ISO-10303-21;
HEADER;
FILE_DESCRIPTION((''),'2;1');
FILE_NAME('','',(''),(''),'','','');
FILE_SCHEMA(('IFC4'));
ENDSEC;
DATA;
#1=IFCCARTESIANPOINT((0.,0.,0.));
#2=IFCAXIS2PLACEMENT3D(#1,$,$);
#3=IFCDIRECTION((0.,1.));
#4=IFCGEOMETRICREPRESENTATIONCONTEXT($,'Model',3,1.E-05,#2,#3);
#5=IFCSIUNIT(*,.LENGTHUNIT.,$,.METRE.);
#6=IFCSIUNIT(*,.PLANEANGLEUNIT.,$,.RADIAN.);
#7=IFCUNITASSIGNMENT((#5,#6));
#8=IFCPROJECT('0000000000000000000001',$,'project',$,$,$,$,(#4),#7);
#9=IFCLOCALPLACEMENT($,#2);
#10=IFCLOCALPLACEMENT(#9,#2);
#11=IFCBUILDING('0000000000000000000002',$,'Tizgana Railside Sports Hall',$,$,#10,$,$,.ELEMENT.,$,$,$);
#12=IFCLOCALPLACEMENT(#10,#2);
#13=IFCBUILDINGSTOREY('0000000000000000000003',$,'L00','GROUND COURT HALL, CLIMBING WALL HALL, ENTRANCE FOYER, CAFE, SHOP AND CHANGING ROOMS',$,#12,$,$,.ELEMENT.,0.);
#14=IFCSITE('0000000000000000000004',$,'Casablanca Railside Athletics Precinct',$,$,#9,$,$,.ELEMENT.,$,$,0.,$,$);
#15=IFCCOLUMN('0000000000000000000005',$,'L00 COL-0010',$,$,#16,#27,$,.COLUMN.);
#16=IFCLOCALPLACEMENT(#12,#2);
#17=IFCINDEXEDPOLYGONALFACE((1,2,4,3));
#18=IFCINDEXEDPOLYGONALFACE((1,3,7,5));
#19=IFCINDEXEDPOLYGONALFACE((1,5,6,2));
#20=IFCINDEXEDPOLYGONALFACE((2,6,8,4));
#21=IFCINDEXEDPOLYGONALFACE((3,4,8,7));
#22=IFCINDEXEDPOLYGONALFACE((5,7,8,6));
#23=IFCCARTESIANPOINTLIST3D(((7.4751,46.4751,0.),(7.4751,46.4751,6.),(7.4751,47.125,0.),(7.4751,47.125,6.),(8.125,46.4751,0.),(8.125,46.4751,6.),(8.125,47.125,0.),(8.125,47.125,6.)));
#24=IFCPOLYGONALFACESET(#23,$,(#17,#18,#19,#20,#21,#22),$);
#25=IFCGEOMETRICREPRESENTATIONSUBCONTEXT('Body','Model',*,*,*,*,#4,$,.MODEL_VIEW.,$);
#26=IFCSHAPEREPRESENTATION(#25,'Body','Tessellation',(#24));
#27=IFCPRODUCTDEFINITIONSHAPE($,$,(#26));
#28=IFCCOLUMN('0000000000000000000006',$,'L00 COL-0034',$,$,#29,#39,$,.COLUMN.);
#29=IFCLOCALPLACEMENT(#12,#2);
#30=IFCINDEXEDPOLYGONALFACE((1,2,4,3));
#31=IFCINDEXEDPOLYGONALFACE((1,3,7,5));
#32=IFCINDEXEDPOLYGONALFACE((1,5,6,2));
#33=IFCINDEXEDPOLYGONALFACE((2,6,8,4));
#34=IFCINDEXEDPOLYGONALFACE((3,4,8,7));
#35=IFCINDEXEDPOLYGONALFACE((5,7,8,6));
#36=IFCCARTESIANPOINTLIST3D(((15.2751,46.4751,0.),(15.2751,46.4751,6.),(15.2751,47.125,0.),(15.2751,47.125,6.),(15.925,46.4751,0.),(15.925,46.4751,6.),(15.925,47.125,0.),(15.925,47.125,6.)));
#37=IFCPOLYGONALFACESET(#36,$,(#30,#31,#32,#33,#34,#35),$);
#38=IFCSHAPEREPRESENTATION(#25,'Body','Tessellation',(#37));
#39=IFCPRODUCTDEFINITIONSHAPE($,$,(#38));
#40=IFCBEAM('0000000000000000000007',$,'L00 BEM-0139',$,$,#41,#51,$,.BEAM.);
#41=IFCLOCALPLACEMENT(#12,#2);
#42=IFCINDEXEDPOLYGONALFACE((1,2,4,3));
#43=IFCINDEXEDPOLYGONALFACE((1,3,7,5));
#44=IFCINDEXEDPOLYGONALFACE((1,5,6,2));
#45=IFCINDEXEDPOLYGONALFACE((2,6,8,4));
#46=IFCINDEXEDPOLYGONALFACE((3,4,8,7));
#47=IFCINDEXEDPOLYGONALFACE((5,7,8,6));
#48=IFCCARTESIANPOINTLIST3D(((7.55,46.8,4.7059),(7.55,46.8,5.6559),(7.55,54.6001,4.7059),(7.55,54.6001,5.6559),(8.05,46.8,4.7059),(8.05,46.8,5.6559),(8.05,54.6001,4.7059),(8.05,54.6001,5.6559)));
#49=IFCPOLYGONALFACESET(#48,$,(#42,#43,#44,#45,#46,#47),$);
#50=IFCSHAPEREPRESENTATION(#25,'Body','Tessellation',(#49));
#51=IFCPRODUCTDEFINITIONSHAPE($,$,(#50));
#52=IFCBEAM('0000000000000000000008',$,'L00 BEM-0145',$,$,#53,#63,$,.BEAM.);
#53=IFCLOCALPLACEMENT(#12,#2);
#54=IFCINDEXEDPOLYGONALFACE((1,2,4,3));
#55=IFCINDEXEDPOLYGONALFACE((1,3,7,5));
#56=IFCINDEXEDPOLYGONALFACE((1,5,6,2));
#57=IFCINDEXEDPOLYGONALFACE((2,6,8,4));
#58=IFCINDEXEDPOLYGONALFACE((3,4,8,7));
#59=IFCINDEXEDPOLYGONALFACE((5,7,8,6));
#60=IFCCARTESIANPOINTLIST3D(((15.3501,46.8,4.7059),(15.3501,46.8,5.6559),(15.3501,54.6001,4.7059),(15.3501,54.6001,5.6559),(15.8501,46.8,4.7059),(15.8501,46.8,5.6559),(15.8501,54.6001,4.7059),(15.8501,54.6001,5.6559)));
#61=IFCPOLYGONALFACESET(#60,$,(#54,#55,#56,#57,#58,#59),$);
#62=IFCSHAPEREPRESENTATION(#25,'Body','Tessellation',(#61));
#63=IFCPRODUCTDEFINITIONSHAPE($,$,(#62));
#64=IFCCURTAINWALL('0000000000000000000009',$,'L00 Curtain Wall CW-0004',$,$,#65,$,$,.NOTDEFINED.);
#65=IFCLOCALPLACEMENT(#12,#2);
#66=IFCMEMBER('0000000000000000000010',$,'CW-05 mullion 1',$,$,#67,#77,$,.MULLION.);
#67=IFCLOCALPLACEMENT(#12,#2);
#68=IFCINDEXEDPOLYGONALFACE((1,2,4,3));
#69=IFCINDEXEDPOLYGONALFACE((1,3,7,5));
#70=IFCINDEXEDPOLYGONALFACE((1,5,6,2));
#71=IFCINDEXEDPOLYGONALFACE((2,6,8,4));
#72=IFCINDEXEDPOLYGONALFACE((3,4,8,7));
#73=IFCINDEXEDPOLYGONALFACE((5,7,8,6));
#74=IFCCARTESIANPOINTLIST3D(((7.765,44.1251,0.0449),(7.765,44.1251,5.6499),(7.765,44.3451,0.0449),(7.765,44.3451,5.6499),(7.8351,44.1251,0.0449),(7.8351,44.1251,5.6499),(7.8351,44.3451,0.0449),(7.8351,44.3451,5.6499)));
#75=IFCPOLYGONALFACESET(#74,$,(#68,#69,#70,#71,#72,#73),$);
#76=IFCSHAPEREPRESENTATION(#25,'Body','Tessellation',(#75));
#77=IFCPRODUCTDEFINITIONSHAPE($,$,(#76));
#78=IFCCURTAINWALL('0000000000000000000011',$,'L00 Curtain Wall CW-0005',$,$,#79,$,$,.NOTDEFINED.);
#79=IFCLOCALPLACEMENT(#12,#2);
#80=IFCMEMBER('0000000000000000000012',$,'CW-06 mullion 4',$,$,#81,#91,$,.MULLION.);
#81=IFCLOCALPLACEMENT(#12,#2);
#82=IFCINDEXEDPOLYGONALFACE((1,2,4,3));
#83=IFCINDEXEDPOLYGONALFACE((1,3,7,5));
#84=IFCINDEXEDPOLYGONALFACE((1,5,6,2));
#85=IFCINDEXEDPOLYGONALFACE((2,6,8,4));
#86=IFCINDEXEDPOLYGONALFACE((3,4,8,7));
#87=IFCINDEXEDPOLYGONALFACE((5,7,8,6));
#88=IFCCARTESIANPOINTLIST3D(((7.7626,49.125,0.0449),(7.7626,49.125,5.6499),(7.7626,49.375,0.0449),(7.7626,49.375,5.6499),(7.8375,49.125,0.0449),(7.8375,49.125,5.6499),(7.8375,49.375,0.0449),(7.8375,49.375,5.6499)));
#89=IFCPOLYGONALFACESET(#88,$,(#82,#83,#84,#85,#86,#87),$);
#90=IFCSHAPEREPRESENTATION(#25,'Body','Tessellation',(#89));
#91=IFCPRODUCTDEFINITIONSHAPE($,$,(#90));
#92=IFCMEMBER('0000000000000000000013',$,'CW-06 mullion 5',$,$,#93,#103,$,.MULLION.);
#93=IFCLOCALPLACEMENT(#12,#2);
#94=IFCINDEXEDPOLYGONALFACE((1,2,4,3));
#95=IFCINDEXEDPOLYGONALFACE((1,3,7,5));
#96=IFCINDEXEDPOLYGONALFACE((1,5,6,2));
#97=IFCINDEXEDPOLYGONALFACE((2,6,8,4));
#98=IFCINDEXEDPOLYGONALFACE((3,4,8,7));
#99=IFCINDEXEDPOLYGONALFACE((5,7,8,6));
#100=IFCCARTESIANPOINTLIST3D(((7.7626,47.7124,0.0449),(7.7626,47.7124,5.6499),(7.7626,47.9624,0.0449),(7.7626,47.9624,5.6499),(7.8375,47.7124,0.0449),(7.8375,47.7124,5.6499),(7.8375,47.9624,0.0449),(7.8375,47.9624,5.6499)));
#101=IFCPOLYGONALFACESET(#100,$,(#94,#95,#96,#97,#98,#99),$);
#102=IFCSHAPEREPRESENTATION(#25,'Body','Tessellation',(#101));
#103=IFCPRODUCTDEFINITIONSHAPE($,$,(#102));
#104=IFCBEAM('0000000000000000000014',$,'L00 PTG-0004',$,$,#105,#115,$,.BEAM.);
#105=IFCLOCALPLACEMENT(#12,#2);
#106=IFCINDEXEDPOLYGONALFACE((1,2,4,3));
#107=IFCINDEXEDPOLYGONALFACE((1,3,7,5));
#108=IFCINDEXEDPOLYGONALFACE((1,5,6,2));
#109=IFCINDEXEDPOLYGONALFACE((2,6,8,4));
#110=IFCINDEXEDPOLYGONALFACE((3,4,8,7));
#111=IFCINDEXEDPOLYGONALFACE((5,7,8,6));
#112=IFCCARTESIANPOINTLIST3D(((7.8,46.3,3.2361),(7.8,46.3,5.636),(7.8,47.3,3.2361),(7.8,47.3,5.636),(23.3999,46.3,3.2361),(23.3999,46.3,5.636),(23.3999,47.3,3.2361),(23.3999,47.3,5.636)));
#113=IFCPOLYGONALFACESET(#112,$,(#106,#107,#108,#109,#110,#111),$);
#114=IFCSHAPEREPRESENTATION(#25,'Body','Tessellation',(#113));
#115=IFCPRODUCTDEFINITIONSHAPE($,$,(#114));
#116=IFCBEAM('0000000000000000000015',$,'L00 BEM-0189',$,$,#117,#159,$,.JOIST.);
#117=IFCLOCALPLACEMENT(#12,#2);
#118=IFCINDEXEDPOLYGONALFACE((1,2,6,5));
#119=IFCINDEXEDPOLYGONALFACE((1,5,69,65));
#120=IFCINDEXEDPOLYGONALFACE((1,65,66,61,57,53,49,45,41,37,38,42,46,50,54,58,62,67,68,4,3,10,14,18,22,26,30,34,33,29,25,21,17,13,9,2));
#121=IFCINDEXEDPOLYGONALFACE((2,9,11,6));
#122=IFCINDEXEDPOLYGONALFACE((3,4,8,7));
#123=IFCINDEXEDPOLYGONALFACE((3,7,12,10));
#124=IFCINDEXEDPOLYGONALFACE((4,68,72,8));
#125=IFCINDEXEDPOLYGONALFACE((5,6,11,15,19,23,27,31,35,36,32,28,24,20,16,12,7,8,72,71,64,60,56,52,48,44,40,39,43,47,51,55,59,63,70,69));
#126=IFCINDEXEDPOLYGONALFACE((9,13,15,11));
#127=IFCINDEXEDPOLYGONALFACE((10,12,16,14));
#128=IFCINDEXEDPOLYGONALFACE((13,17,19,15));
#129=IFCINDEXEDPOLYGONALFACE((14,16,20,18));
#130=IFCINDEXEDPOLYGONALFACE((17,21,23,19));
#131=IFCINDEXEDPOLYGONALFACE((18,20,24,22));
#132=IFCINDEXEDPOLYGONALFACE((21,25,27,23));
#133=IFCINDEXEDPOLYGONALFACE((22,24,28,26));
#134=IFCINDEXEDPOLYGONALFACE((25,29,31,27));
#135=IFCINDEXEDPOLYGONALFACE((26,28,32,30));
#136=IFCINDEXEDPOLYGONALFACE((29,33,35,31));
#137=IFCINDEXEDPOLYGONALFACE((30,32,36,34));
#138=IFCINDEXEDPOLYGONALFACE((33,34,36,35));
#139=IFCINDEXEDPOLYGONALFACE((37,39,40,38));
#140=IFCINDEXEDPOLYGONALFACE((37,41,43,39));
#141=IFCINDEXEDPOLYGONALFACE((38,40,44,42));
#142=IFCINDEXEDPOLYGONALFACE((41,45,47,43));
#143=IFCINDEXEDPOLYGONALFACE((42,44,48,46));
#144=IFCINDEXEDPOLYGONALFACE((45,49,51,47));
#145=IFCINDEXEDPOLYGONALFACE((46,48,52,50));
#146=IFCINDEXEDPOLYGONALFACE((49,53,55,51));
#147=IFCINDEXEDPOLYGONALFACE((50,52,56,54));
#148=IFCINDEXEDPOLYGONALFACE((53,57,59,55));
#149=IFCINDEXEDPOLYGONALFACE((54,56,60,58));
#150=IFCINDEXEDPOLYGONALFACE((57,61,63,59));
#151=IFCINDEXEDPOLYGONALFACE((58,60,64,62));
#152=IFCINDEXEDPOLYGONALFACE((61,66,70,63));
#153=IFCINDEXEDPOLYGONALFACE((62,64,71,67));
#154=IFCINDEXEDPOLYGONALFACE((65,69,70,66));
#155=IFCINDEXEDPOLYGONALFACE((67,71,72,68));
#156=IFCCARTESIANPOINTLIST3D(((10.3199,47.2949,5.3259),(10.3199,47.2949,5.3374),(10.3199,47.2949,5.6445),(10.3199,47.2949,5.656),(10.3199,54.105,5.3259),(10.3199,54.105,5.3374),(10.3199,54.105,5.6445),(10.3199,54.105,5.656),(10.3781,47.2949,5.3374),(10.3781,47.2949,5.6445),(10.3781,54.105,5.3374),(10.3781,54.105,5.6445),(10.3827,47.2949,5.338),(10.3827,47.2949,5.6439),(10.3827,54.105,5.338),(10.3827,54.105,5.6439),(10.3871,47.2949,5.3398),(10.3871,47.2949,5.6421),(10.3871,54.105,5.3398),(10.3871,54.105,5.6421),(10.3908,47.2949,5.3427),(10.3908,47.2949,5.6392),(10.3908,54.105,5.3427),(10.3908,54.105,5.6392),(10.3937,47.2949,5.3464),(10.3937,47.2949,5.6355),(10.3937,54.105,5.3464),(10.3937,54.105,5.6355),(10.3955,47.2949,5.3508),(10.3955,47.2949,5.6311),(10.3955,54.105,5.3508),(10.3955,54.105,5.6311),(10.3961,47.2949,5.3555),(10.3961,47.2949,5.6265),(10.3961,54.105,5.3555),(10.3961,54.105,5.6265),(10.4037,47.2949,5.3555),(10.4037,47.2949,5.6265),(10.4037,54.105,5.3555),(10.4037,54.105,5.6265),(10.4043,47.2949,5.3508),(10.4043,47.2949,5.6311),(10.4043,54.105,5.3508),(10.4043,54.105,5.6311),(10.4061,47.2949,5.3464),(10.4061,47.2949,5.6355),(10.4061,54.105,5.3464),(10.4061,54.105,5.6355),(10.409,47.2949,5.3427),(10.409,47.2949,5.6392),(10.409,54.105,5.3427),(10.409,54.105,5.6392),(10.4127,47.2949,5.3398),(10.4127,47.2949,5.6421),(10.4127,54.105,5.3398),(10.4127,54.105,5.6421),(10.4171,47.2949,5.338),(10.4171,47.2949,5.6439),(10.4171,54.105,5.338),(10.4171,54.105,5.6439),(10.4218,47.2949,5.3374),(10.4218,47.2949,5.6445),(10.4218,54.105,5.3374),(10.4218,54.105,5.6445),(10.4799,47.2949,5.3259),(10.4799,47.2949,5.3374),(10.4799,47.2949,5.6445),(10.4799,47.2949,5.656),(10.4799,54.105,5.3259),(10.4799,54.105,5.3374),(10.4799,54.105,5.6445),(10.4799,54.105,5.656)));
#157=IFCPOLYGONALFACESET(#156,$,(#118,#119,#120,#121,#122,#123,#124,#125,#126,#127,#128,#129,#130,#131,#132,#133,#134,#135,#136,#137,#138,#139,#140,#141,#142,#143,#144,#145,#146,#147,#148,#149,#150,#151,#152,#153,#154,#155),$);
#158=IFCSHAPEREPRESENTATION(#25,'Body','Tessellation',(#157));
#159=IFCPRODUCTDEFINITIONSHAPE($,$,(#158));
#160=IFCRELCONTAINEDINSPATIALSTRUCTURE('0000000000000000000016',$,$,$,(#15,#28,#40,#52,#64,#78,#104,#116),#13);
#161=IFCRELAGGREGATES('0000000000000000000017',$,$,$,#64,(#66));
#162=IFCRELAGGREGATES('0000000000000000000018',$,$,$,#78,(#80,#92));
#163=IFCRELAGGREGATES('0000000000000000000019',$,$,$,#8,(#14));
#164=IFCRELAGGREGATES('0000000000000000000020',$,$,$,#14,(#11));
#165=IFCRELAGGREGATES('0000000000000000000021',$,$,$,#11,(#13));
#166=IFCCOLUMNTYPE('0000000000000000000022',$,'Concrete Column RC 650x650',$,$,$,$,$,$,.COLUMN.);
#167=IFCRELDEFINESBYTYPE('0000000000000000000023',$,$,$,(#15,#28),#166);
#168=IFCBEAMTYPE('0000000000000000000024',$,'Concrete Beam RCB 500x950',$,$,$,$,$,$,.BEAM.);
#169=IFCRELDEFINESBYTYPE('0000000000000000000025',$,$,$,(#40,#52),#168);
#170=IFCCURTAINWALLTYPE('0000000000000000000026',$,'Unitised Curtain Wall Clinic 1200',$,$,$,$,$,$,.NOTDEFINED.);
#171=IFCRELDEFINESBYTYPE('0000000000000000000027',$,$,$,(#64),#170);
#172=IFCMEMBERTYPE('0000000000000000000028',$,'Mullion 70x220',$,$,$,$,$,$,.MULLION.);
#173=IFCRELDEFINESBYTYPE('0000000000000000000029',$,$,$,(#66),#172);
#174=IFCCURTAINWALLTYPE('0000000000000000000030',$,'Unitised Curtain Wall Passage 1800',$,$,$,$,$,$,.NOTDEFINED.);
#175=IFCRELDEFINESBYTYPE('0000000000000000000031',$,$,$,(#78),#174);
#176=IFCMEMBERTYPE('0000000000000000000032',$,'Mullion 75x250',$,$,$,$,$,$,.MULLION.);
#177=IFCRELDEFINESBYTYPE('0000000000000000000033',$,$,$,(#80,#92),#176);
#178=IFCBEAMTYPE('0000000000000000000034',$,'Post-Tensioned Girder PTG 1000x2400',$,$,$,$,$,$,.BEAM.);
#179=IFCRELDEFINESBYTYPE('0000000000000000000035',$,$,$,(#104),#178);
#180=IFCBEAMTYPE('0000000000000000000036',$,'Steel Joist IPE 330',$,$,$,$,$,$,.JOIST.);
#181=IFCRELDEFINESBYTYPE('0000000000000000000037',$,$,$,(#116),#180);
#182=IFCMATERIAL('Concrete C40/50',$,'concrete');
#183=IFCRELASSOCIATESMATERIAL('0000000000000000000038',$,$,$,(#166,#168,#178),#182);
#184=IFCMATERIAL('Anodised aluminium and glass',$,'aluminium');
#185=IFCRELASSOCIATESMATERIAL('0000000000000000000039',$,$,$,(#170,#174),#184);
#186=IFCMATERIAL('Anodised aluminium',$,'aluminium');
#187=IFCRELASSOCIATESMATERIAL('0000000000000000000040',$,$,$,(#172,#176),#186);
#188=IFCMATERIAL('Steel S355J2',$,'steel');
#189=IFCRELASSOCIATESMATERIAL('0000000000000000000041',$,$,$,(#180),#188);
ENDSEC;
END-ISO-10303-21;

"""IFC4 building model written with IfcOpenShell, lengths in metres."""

from ifc_helpers import new_model, si_unit, direction, frame, origin, origin_2d, place, context, subcontext, project, spatial, rectangle, i_section, extrude, material, material_profile, profile_set, type_object, element, aggregate, save


model = new_model("IFC4")

# Units and contexts
model_context = context("Model", 3, precision=1e-05, world=origin(), true_north=direction((0.0, 1.0)))
body_context = subcontext(model_context, "Body", "Model", "MODEL_VIEW")
ifc_project = project(units=[si_unit("LENGTHUNIT", "METRE"), si_unit("PLANEANGLEUNIT", "RADIAN")], contexts=[model_context])

# Site, building, storey
site_placement = place(None, origin())
site = spatial("IfcSite", under=ifc_project, at=site_placement, Name="Casablanca Railside Athletics Precinct", CompositionType="ELEMENT", RefElevation=0.0)
building_placement = place(site_placement, origin())
building = spatial("IfcBuilding", under=site, at=building_placement, Name="Tizgana Railside Sports Hall", CompositionType="ELEMENT")
storey_placement = place(building_placement, origin())
storey = spatial("IfcBuildingStorey", under=building, at=storey_placement, Name="L00", Description="GROUND COURT HALL, CLIMBING WALL HALL, ENTRANCE FOYER, CAFE, SHOP AND CHANGING ROOMS", CompositionType="ELEMENT", Elevation=0.0)

# Columns
ifc_material_1 = material(Name="Concrete C40/50", Category="concrete")
ifc_material_profile_1 = material_profile(ifc_material_1, rectangle(XDim=0.6499, YDim=0.6499, at=origin_2d()), Name="RC 650x650")
ifc_profile_set_1 = profile_set([ifc_material_profile_1], Name="Concrete C40/50")
column_type = type_object("IfcColumnType", Name="Concrete Column RC 650x650", PredefinedType="COLUMN", material=ifc_profile_set_1)
for number, where, z_axis, x_axis, name in (
    (1, (7.8, 46.8, 0.0), (0.0, 0.0, 1.0), (1.0, 0.0, 0.0), "L00 COL-0010"),
    (2, (15.6001, 46.8, 0.0), (0.0, 0.0, 1.0), (1.0, 0.0, 0.0), "L00 COL-0034"),
):
    element("IfcColumn", number, at=place(storey_placement, frame(where, z_axis=z_axis, x_axis=x_axis)), inside=storey, type_object=column_type, Name=name, PredefinedType="COLUMN", context=body_context, shape_type="SweptSolid", body=[
        extrude(rectangle(XDim=0.6499, YDim=0.6499, at=origin_2d()), origin(), (0.0, 0.0, 1.0), 6.0),
    ])

# Beams
ifc_material_profile_2 = material_profile(ifc_material_1, rectangle(XDim=0.5, YDim=0.95, at=origin_2d()), Name="RCB 500x950")
ifc_profile_set_2 = profile_set([ifc_material_profile_2], Name="Concrete C40/50")
beam_type_1 = type_object("IfcBeamType", Name="Concrete Beam RCB 500x950", PredefinedType="BEAM", material=ifc_profile_set_2)
for number, where, z_axis, x_axis, name in (
    (3, (7.8, 46.8, 5.1809), (0.0, 1.0, 0.0), (-1.0, 0.0, 0.0), "L00 BEM-0139"),
    (4, (15.6001, 46.8, 5.1809), (0.0, 1.0, 0.0), (-1.0, 0.0, 0.0), "L00 BEM-0145"),
):
    element("IfcBeam", number, at=place(storey_placement, frame(where, z_axis=z_axis, x_axis=x_axis)), inside=storey, type_object=beam_type_1, Name=name, PredefinedType="BEAM", context=body_context, shape_type="SweptSolid", body=[
        extrude(rectangle(XDim=0.5, YDim=0.95, at=origin_2d()), origin(), (0.0, 0.0, 1.0), 7.8),
    ])

# Curtain wall, member
ifc_material_2 = material(Name="Anodised aluminium and glass", Category="aluminium")
curtain_wall_type_1 = type_object("IfcCurtainWallType", Name="Unitised Curtain Wall Clinic 1200", PredefinedType="NOTDEFINED", material=ifc_material_2)
curtain_wall_1_placement = place(storey_placement, origin())
curtain_wall_1 = element("IfcCurtainWall", 5, at=curtain_wall_1_placement, inside=storey, type_object=curtain_wall_type_1, Name="L00 Curtain Wall CW-0004", PredefinedType="NOTDEFINED")
ifc_material_3 = material(Name="Anodised aluminium", Category="aluminium")
ifc_material_profile_3 = material_profile(ifc_material_3, rectangle(XDim=0.0701, YDim=0.22, at=origin_2d()), Name="Mullion 70x220")
ifc_profile_set_3 = profile_set([ifc_material_profile_3], Name="Anodised aluminium")
member_type_1 = type_object("IfcMemberType", Name="Mullion 70x220", PredefinedType="MULLION", material=ifc_profile_set_3)
member_1_placement = place(storey_placement, frame((7.8, 44.2351, 0.0449), z_axis=(0.0, 0.0, 1.0), x_axis=(1.0, 0.0, 0.0)))
member_1 = element("IfcMember", 6, at=member_1_placement, type_object=member_type_1, Name="CW-05 mullion 1", PredefinedType="MULLION", context=body_context, shape_type="SweptSolid", body=[
    extrude(rectangle(XDim=0.0701, YDim=0.22, at=origin_2d()), origin(), (0.0, 0.0, 1.0), 5.605),
])
aggregate(curtain_wall_1, [member_1])

# Curtain wall, members
curtain_wall_type_2 = type_object("IfcCurtainWallType", Name="Unitised Curtain Wall Passage 1800", PredefinedType="NOTDEFINED", material=ifc_material_2)
curtain_wall_2_placement = place(storey_placement, origin())
curtain_wall_2 = element("IfcCurtainWall", 7, at=curtain_wall_2_placement, inside=storey, type_object=curtain_wall_type_2, Name="L00 Curtain Wall CW-0005", PredefinedType="NOTDEFINED")
ifc_material_profile_4 = material_profile(ifc_material_3, rectangle(XDim=0.075, YDim=0.25, at=origin_2d()), Name="Mullion 75x250")
ifc_profile_set_4 = profile_set([ifc_material_profile_4], Name="Anodised aluminium")
member_type_2 = type_object("IfcMemberType", Name="Mullion 75x250", PredefinedType="MULLION", material=ifc_profile_set_4)
member_2_placement = place(storey_placement, frame((7.8, 49.25, 0.0449), z_axis=(0.0, 0.0, 1.0), x_axis=(1.0, 0.0, 0.0)))
member_2 = element("IfcMember", 8, at=member_2_placement, type_object=member_type_2, Name="CW-06 mullion 4", PredefinedType="MULLION", context=body_context, shape_type="SweptSolid", body=[
    extrude(rectangle(XDim=0.075, YDim=0.25, at=origin_2d()), origin(), (0.0, 0.0, 1.0), 5.605),
])
member_3_placement = place(storey_placement, frame((7.8, 47.8374, 0.0449), z_axis=(0.0, 0.0, 1.0), x_axis=(1.0, 0.0, 0.0)))
member_3 = element("IfcMember", 9, at=member_3_placement, type_object=member_type_2, Name="CW-06 mullion 5", PredefinedType="MULLION", context=body_context, shape_type="SweptSolid", body=[
    extrude(rectangle(XDim=0.075, YDim=0.25, at=origin_2d()), origin(), (0.0, 0.0, 1.0), 5.605),
])

# Beams
ifc_material_profile_5 = material_profile(ifc_material_1, rectangle(XDim=1.0, YDim=2.3999, at=origin_2d()), Name="PTG 1000x2400")
ifc_profile_set_5 = profile_set([ifc_material_profile_5], Name="Concrete C40/50")
beam_type_2 = type_object("IfcBeamType", Name="Post-Tensioned Girder PTG 1000x2400", PredefinedType="BEAM", material=ifc_profile_set_5)
beam_placement = place(storey_placement, frame((7.8, 46.8, 4.436), z_axis=(1.0, 0.0, 0.0), x_axis=(0.0, 1.0, 0.0)))
element("IfcBeam", 10, at=beam_placement, inside=storey, type_object=beam_type_2, Name="L00 PTG-0004", PredefinedType="BEAM", context=body_context, shape_type="SweptSolid", body=[
    extrude(rectangle(XDim=1.0, YDim=2.3999, at=origin_2d()), origin(), (0.0, 0.0, 1.0), 15.5999),
])
ifc_material_4 = material(Name="Steel S355J2", Category="steel")
ifc_material_profile_6 = material_profile(ifc_material_4, i_section(OverallWidth=0.1599, OverallDepth=0.3301, WebThickness=0.0076, FlangeThickness=0.0115, FilletRadius=0.0181, at=origin_2d()), Name="IPE 330")
ifc_profile_set_6 = profile_set([ifc_material_profile_6], Name="Steel S355J2")
beam_type_3 = type_object("IfcBeamType", Name="Steel Joist IPE 330", PredefinedType="JOIST", material=ifc_profile_set_6)
for number, where, z_axis, x_axis, name in (
    (11, (10.3999, 47.2949, 5.491), (0.0, 1.0, 0.0), (-1.0, 0.0, 0.0), "L00 BEM-0189"),
):
    element("IfcBeam", number, at=place(storey_placement, frame(where, z_axis=z_axis, x_axis=x_axis)), inside=storey, type_object=beam_type_3, Name=name, PredefinedType="JOIST", context=body_context, shape_type="SweptSolid", body=[
        extrude(i_section(OverallWidth=0.1599, OverallDepth=0.3301, WebThickness=0.0076, FlangeThickness=0.0115, FilletRadius=0.0181, at=origin_2d()), origin(), (0.0, 0.0, 1.0), 6.8101),
    ])

aggregate(curtain_wall_2, [member_2, member_3])

save(model, "model.ifc")
